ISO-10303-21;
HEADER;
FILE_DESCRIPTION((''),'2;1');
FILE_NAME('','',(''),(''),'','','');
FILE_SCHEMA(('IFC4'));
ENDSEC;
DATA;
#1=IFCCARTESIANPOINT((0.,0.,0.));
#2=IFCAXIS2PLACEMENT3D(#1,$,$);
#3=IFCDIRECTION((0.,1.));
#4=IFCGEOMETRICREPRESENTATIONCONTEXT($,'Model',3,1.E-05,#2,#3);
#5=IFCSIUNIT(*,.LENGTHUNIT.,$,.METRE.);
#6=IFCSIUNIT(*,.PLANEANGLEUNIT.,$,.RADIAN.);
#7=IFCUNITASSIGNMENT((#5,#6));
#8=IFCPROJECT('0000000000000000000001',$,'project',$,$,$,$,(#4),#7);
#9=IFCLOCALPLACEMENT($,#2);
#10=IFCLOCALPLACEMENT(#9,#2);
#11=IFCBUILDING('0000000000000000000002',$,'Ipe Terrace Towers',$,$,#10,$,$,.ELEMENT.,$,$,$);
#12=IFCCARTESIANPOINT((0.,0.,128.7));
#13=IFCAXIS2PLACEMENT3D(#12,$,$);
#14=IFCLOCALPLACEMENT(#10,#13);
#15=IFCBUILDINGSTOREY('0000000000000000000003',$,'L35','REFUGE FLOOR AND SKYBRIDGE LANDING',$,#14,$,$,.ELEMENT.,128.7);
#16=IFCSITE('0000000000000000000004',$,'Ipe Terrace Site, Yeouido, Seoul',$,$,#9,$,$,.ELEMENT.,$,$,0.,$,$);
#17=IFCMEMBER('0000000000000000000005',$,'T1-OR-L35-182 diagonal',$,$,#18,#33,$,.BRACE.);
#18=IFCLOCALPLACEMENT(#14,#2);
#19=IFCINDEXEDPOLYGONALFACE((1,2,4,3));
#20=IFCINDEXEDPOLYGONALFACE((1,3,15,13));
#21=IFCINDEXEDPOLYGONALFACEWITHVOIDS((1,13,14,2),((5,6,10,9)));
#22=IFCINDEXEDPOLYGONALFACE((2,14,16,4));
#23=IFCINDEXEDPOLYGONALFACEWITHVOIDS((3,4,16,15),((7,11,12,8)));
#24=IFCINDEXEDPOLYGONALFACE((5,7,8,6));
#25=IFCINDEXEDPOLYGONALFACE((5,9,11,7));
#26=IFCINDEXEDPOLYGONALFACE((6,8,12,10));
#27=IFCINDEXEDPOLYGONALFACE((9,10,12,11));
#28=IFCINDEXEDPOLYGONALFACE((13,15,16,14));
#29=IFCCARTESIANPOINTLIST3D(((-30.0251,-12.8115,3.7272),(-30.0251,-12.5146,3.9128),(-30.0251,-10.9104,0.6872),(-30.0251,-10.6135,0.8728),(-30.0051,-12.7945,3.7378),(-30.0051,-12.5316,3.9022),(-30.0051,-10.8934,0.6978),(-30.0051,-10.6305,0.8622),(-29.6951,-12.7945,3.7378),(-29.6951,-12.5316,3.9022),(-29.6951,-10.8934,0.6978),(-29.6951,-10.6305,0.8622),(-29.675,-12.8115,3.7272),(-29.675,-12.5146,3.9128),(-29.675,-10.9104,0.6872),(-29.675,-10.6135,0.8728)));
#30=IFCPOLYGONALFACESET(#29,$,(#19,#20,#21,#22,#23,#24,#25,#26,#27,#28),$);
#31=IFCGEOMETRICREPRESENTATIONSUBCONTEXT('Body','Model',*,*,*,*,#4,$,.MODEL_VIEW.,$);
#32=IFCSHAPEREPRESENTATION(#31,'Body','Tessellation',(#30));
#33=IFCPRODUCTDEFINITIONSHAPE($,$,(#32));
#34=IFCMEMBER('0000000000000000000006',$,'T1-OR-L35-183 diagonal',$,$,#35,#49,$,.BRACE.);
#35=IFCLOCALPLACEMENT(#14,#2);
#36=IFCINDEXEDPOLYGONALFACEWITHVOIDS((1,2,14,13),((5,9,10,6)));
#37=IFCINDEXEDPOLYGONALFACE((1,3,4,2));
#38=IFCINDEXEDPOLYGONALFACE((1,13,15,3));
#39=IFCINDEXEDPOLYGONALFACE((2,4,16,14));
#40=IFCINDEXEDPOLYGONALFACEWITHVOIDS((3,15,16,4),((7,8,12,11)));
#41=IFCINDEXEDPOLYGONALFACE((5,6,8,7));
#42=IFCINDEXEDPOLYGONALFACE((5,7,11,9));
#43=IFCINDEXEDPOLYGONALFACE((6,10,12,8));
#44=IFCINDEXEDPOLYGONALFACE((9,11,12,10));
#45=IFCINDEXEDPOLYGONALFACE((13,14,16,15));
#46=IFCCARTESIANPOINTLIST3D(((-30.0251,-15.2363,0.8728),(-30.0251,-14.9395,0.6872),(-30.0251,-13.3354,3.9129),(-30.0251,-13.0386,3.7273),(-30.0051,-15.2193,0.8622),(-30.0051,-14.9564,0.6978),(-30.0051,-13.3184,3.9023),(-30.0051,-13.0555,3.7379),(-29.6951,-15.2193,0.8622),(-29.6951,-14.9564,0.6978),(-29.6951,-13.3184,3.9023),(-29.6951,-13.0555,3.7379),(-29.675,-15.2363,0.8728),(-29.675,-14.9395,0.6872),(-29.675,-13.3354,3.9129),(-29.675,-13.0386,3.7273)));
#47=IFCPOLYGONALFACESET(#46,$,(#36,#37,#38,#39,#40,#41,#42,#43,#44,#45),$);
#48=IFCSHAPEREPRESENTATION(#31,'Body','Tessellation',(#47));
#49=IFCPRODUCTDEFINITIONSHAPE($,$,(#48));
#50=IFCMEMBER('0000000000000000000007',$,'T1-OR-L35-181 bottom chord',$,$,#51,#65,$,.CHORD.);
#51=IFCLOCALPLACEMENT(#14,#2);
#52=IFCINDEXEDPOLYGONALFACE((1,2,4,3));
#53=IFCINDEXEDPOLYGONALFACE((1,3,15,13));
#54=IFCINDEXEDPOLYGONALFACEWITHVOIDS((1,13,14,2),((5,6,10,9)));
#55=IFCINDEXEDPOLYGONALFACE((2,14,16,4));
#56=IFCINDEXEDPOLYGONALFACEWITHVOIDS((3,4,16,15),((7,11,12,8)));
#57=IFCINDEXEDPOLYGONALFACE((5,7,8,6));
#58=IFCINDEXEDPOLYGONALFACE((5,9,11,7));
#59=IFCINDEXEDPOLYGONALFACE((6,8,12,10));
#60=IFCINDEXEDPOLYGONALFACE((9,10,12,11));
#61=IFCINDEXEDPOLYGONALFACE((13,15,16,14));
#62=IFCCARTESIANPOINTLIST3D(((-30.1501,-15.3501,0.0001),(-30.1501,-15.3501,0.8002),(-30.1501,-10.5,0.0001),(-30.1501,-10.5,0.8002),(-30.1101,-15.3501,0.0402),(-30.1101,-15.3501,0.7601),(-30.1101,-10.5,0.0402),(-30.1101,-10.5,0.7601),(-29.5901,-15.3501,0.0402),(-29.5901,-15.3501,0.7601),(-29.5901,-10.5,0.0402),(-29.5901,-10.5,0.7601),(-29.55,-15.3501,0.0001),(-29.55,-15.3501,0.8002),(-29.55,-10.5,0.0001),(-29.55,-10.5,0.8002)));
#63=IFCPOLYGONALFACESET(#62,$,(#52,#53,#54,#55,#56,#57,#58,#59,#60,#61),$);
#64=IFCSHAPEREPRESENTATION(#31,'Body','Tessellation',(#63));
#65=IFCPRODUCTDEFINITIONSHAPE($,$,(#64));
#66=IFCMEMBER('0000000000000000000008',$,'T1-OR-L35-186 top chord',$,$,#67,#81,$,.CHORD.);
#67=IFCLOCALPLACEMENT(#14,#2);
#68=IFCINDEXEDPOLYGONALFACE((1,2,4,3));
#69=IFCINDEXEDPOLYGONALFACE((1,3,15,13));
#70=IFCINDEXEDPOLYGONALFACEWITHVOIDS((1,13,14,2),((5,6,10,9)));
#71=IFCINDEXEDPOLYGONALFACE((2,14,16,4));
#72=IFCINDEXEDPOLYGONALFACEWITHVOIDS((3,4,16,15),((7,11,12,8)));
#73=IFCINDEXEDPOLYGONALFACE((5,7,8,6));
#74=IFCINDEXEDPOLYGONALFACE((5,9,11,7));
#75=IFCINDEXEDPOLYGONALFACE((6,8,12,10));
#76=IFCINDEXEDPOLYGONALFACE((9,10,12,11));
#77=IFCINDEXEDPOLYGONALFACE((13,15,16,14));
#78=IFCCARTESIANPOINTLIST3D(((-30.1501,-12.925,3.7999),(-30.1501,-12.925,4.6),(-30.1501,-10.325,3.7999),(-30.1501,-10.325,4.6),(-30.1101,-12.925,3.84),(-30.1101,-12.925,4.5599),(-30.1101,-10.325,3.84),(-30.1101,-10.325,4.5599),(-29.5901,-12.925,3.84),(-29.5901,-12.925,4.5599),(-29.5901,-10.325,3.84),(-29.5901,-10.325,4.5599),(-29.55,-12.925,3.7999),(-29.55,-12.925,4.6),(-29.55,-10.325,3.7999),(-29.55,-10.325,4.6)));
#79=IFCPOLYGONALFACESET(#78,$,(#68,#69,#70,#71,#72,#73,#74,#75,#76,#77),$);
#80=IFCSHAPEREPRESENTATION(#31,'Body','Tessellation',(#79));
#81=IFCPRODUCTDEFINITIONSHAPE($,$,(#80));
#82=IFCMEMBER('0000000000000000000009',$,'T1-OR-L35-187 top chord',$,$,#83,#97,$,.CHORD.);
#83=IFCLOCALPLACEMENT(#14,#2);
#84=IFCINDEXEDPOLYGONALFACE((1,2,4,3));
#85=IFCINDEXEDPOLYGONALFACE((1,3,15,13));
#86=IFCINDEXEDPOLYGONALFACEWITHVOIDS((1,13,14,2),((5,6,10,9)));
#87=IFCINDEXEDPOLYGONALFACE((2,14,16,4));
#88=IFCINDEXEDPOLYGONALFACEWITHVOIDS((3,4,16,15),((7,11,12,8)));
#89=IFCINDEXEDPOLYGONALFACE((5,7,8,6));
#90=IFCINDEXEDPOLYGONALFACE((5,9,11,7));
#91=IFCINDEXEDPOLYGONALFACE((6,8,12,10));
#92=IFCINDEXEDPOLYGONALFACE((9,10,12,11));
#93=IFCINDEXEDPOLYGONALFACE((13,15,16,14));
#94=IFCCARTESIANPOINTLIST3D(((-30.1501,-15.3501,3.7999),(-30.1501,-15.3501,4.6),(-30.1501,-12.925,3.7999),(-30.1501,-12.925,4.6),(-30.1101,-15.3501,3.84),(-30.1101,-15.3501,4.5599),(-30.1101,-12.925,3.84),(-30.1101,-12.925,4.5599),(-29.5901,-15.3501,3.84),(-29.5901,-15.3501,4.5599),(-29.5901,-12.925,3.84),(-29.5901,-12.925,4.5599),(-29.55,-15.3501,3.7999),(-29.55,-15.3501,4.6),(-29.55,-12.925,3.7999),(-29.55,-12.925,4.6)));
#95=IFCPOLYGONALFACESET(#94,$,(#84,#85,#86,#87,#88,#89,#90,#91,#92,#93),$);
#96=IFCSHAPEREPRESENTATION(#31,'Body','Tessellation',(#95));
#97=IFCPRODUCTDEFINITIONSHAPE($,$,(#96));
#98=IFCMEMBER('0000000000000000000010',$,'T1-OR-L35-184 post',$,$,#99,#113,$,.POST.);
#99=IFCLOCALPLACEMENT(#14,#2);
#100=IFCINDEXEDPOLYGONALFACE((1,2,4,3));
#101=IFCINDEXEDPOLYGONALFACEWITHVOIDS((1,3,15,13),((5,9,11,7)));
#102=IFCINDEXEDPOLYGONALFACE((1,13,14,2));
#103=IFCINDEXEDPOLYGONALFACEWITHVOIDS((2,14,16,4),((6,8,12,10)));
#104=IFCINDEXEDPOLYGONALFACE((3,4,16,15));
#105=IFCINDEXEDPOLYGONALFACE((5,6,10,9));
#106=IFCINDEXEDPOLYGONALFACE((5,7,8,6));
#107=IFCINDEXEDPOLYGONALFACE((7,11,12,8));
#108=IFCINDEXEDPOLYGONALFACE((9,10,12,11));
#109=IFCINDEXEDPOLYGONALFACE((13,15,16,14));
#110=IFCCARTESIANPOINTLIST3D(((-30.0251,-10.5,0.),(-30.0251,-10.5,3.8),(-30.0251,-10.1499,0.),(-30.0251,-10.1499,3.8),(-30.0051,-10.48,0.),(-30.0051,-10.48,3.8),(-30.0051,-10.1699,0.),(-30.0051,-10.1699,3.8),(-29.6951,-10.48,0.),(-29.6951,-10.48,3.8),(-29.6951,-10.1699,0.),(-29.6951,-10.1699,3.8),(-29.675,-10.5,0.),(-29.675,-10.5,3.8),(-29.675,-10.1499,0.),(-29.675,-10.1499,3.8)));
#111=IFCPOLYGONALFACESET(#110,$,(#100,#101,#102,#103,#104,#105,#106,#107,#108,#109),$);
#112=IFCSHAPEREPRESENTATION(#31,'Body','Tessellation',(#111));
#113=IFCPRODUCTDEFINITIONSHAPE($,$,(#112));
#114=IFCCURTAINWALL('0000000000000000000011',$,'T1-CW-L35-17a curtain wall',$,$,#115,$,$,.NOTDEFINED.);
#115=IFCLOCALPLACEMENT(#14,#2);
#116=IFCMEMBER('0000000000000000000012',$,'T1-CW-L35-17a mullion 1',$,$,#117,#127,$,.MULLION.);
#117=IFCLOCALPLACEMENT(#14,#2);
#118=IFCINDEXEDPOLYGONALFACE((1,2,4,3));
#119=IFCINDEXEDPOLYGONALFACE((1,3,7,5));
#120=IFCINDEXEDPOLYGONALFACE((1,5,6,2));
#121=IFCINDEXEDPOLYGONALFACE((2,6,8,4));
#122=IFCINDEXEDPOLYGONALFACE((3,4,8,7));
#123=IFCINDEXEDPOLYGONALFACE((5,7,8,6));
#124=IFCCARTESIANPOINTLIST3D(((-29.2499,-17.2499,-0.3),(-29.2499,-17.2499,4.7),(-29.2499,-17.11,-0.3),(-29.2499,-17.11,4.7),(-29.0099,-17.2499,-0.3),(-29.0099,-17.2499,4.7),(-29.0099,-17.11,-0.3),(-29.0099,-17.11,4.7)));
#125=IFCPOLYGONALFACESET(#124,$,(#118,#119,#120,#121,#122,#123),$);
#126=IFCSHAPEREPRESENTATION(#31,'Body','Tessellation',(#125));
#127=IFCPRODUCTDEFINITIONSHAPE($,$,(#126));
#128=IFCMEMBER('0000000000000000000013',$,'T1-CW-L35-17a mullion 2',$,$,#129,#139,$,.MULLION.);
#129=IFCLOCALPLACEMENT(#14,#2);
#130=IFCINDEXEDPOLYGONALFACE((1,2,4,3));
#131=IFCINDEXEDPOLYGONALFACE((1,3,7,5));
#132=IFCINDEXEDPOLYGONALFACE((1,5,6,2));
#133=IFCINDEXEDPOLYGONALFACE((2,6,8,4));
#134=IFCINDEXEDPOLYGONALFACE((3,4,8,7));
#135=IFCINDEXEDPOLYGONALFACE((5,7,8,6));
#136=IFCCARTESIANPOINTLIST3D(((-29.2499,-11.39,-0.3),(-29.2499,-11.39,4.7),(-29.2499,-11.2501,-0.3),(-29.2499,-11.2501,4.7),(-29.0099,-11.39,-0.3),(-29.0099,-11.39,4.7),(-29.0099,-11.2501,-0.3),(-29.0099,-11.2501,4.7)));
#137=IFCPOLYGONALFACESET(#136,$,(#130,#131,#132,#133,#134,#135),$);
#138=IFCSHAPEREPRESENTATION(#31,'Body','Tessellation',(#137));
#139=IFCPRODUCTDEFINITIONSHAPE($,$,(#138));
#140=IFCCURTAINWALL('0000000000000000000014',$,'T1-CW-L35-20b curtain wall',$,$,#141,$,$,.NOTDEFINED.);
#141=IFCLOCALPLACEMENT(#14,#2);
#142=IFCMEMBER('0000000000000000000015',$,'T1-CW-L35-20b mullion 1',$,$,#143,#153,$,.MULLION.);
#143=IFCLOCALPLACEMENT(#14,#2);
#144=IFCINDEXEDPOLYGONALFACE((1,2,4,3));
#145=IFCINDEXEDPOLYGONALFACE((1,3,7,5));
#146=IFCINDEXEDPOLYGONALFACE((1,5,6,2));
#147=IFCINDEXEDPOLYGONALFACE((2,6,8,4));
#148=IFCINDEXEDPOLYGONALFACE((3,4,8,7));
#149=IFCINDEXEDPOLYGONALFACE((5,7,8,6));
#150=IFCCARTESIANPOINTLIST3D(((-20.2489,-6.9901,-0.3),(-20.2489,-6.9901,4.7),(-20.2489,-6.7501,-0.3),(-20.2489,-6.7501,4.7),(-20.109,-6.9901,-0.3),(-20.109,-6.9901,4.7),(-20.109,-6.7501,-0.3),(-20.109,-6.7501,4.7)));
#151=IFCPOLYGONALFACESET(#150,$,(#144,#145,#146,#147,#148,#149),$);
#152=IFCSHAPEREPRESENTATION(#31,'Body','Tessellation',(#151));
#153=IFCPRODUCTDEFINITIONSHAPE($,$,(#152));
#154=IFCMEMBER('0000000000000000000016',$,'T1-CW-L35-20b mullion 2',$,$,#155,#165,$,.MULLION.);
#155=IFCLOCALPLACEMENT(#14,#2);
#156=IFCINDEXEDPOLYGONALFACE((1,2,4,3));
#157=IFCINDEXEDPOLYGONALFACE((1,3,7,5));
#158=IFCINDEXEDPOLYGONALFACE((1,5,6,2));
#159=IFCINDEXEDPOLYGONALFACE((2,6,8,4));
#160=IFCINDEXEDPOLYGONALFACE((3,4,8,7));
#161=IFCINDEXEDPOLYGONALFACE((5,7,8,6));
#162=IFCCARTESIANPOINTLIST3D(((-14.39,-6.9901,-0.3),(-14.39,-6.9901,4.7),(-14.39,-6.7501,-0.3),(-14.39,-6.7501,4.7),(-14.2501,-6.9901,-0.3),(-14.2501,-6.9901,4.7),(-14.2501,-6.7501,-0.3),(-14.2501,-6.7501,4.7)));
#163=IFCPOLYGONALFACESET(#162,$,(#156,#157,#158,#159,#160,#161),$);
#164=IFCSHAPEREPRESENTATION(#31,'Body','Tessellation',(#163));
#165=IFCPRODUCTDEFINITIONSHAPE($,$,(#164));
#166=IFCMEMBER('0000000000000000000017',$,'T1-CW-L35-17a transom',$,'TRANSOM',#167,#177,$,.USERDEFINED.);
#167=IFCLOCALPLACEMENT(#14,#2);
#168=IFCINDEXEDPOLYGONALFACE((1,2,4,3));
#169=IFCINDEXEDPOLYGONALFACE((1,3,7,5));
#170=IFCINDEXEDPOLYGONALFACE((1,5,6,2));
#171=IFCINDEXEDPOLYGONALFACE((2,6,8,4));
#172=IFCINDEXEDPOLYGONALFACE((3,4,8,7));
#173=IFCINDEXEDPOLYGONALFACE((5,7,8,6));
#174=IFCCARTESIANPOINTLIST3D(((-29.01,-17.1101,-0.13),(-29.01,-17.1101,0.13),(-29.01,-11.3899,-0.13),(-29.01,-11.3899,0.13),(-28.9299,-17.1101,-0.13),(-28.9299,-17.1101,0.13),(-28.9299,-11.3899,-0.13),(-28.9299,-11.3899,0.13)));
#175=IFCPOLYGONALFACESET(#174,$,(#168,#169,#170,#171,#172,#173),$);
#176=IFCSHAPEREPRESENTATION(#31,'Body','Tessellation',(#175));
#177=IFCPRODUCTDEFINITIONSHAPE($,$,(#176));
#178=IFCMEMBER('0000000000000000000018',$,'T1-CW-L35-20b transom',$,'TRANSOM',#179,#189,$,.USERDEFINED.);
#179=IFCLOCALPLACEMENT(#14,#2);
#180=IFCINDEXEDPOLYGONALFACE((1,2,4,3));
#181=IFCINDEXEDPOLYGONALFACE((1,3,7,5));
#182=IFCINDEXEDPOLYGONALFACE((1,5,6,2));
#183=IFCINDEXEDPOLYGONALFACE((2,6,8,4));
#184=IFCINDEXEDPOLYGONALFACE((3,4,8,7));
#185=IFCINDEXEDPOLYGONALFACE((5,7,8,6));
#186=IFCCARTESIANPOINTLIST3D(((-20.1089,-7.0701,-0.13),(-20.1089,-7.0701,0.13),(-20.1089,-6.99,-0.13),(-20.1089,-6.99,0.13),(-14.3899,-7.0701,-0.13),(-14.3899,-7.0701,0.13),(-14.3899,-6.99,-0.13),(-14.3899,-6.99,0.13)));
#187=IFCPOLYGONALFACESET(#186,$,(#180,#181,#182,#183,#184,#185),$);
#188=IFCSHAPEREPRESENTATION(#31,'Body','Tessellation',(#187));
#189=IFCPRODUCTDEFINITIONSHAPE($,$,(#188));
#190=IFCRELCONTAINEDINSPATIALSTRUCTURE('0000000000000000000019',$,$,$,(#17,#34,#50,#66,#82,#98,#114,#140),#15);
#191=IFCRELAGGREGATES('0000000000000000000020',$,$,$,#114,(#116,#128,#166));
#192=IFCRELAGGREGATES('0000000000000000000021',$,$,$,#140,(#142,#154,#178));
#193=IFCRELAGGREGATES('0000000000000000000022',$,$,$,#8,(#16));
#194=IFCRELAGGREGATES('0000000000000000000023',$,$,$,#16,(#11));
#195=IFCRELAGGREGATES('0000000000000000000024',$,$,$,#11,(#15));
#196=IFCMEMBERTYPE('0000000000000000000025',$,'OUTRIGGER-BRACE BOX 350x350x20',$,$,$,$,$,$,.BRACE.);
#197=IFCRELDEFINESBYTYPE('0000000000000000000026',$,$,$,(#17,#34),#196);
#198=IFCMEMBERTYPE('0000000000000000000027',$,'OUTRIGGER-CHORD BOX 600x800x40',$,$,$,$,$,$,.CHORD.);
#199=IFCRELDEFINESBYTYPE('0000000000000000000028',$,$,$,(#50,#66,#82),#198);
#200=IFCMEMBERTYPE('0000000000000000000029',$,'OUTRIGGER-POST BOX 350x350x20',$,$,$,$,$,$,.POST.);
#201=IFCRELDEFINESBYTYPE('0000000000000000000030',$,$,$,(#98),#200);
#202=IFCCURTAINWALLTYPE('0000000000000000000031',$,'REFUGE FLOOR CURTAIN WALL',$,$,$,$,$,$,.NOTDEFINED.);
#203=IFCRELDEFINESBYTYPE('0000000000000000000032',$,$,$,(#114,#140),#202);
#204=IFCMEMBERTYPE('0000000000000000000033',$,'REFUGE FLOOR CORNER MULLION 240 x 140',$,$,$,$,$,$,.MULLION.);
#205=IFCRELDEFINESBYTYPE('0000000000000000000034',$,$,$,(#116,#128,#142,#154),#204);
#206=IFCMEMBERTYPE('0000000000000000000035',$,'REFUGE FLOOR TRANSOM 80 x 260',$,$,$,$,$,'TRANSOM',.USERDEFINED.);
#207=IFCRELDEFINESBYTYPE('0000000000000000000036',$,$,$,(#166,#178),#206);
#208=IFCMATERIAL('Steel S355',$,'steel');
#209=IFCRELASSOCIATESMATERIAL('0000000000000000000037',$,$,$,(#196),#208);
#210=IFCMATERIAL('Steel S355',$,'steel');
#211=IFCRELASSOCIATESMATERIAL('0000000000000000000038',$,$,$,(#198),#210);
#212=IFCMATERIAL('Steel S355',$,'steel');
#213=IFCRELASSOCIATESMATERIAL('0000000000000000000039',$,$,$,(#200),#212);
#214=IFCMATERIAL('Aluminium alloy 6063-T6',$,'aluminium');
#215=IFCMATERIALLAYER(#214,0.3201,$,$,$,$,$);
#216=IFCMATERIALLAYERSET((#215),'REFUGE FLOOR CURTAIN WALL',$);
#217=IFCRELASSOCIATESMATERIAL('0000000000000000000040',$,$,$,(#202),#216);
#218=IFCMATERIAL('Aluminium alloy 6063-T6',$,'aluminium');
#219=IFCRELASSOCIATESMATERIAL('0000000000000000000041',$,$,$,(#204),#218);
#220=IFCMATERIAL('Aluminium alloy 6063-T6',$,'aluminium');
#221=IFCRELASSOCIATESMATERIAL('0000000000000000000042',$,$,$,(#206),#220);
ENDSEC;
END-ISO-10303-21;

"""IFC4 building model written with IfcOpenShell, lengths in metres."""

from ifc_helpers import new_model, si_unit, direction, frame, origin, origin_2d, place, context, subcontext, project, spatial, rectangle, hollow_rectangle, extrude, material, layer, layer_set, material_profile, profile_set, type_object, element, aggregate, save


model = new_model("IFC4")

# Units and contexts
model_context = context("Model", 3, precision=1e-05, world=origin(), true_north=direction((0.0, 1.0)))
body_context = subcontext(model_context, "Body", "Model", "MODEL_VIEW")
ifc_project = project(units=[si_unit("LENGTHUNIT", "METRE"), si_unit("PLANEANGLEUNIT", "RADIAN")], contexts=[model_context])

# Site, building, storey
site_placement = place(None, origin())
site = spatial("IfcSite", under=ifc_project, at=site_placement, Name="Ipe Terrace Site, Yeouido, Seoul", CompositionType="ELEMENT", RefElevation=0.0)
building_placement = place(site_placement, origin())
building = spatial("IfcBuilding", under=site, at=building_placement, Name="Ipe Terrace Towers", CompositionType="ELEMENT")
storey_placement = place(building_placement, frame((0.0, 0.0, 128.7)))
storey = spatial("IfcBuildingStorey", under=building, at=storey_placement, Name="L35", Description="REFUGE FLOOR AND SKYBRIDGE LANDING", CompositionType="ELEMENT", Elevation=128.7)

# Members
ifc_material_1 = material(Name="Steel S355", Category="steel")
ifc_material_profile_1 = material_profile(ifc_material_1, hollow_rectangle(XDim=0.3501, YDim=0.3501, WallThickness=0.02, at=origin_2d()), Name="OUTRIGGER-BRACE BOX 350x350x20")
ifc_profile_set_1 = profile_set([ifc_material_profile_1], Name="Steel S355")
member_type_1 = type_object("IfcMemberType", Name="OUTRIGGER-BRACE BOX 350x350x20", PredefinedType="BRACE", material=ifc_profile_set_1)
for number, where, z_axis, x_axis, name in (
    (1, (-29.8501, -10.762, 0.78), (0.0, -0.530219, 0.847861), (1.0, 0.0, 0.0), "T1-OR-L35-182 diagonal"),
    (2, (-29.8501, -15.0879, 0.78), (0.0, 0.53017, 0.847891), (-1.0, 0.0, 0.0), "T1-OR-L35-183 diagonal"),
):
    element("IfcMember", number, at=place(storey_placement, frame(where, z_axis=z_axis, x_axis=x_axis)), inside=storey, type_object=member_type_1, Name=name, PredefinedType="BRACE", context=body_context, shape_type="SweptSolid", body=[
        extrude(hollow_rectangle(XDim=0.3501, YDim=0.3501, WallThickness=0.02, at=origin_2d()), origin(), (0.0, 0.0, 1.0), 3.5854),
    ])
ifc_material_2 = material(Name="Steel S355", Category="steel")
ifc_material_profile_2 = material_profile(ifc_material_2, hollow_rectangle(XDim=0.6001, YDim=0.8, WallThickness=0.04, at=origin_2d()), Name="OUTRIGGER-CHORD BOX 600x800x40")
ifc_profile_set_2 = profile_set([ifc_material_profile_2], Name="Steel S355")
member_type_2 = type_object("IfcMemberType", Name="OUTRIGGER-CHORD BOX 600x800x40", PredefinedType="CHORD", material=ifc_profile_set_2)
member_1_placement = place(storey_placement, frame((-29.8501, -10.5, 0.4001), z_axis=(0.0, -1.0, 0.0), x_axis=(1.0, 0.0, 0.0)))
element("IfcMember", 3, at=member_1_placement, inside=storey, type_object=member_type_2, Name="T1-OR-L35-181 bottom chord", PredefinedType="CHORD", context=body_context, shape_type="SweptSolid", body=[
    extrude(hollow_rectangle(XDim=0.6001, YDim=0.8, WallThickness=0.04, at=origin_2d()), origin(), (0.0, 0.0, 1.0), 4.8501),
])
member_2_placement = place(storey_placement, frame((-29.8501, -10.325, 4.2), z_axis=(0.0, -1.0, 0.0), x_axis=(1.0, 0.0, 0.0)))
element("IfcMember", 4, at=member_2_placement, inside=storey, type_object=member_type_2, Name="T1-OR-L35-186 top chord", PredefinedType="CHORD", context=body_context, shape_type="SweptSolid", body=[
    extrude(hollow_rectangle(XDim=0.6001, YDim=0.8, WallThickness=0.04, at=origin_2d()), origin(), (0.0, 0.0, 1.0), 2.6001),
])
member_3_placement = place(storey_placement, frame((-29.8501, -12.925, 4.2), z_axis=(0.0, -1.0, 0.0), x_axis=(1.0, 0.0, 0.0)))
element("IfcMember", 5, at=member_3_placement, inside=storey, type_object=member_type_2, Name="T1-OR-L35-187 top chord", PredefinedType="CHORD", context=body_context, shape_type="SweptSolid", body=[
    extrude(hollow_rectangle(XDim=0.6001, YDim=0.8, WallThickness=0.04, at=origin_2d()), origin(), (0.0, 0.0, 1.0), 2.425),
])
ifc_material_3 = material(Name="Steel S355", Category="steel")
ifc_material_profile_3 = material_profile(ifc_material_3, hollow_rectangle(XDim=0.3501, YDim=0.3501, WallThickness=0.02, at=origin_2d()), Name="OUTRIGGER-POST BOX 350x350x20")
ifc_profile_set_3 = profile_set([ifc_material_profile_3], Name="Steel S355")
member_type_3 = type_object("IfcMemberType", Name="OUTRIGGER-POST BOX 350x350x20", PredefinedType="POST", material=ifc_profile_set_3)
member_4_placement = place(storey_placement, frame((-29.8501, -10.325, 0.0), z_axis=(0.0, 0.0, 1.0), x_axis=(1.0, 0.0, 0.0)))
element("IfcMember", 6, at=member_4_placement, inside=storey, type_object=member_type_3, Name="T1-OR-L35-184 post", PredefinedType="POST", context=body_context, shape_type="SweptSolid", body=[
    extrude(hollow_rectangle(XDim=0.3501, YDim=0.3501, WallThickness=0.02, at=origin_2d()), origin(), (0.0, 0.0, 1.0), 3.8),
])

# Curtain walls, members
ifc_material_4 = material(Name="Aluminium alloy 6063-T6", Category="aluminium")
ifc_layer_1 = layer(ifc_material_4, 0.3201)
ifc_layer_set_1 = layer_set([ifc_layer_1], Name="REFUGE FLOOR CURTAIN WALL")
curtain_wall_type = type_object("IfcCurtainWallType", Name="REFUGE FLOOR CURTAIN WALL", PredefinedType="NOTDEFINED", material=ifc_layer_set_1)
curtain_wall_1_placement = place(storey_placement, origin())
curtain_wall_1 = element("IfcCurtainWall", 7, at=curtain_wall_1_placement, inside=storey, type_object=curtain_wall_type, Name="T1-CW-L35-17a curtain wall", PredefinedType="NOTDEFINED")
ifc_material_5 = material(Name="Aluminium alloy 6063-T6", Category="aluminium")
ifc_material_profile_4 = material_profile(ifc_material_5, rectangle(XDim=0.24, YDim=0.1399, at=origin_2d()), Name="REFUGE FLOOR CORNER MULLION 240 x 140")
ifc_profile_set_4 = profile_set([ifc_material_profile_4], Name="Aluminium alloy 6063-T6")
member_type_4 = type_object("IfcMemberType", Name="REFUGE FLOOR CORNER MULLION 240 x 140", PredefinedType="MULLION", material=ifc_profile_set_4)
member_5_placement = place(storey_placement, frame((-29.1299, -17.1799, -0.3), z_axis=(0.0, 0.0, 1.0), x_axis=(1.0, 0.0, 0.0)))
member_5 = element("IfcMember", 8, at=member_5_placement, type_object=member_type_4, Name="T1-CW-L35-17a mullion 1", PredefinedType="MULLION", context=body_context, shape_type="SweptSolid", body=[
    extrude(rectangle(XDim=0.24, YDim=0.1399, at=origin_2d()), origin(), (0.0, 0.0, 1.0), 5.0),
])
member_6_placement = place(storey_placement, frame((-29.1299, -11.3201, -0.3), z_axis=(0.0, 0.0, 1.0), x_axis=(1.0, 0.0, 0.0)))
member_6 = element("IfcMember", 9, at=member_6_placement, type_object=member_type_4, Name="T1-CW-L35-17a mullion 2", PredefinedType="MULLION", context=body_context, shape_type="SweptSolid", body=[
    extrude(rectangle(XDim=0.24, YDim=0.1399, at=origin_2d()), origin(), (0.0, 0.0, 1.0), 5.0),
])
curtain_wall_2_placement = place(storey_placement, origin())
curtain_wall_2 = element("IfcCurtainWall", 10, at=curtain_wall_2_placement, inside=storey, type_object=curtain_wall_type, Name="T1-CW-L35-20b curtain wall", PredefinedType="NOTDEFINED")
member_7_placement = place(storey_placement, frame((-20.179, -6.8701, -0.3), z_axis=(0.0, 0.0, 1.0), x_axis=(0.0, -1.0, 0.0)))
member_7 = element("IfcMember", 11, at=member_7_placement, type_object=member_type_4, Name="T1-CW-L35-20b mullion 1", PredefinedType="MULLION", context=body_context, shape_type="SweptSolid", body=[
    extrude(rectangle(XDim=0.24, YDim=0.1399, at=origin_2d()), origin(), (0.0, 0.0, 1.0), 5.0),
])
member_8_placement = place(storey_placement, frame((-14.3201, -6.8701, -0.3), z_axis=(0.0, 0.0, 1.0), x_axis=(0.0, -1.0, 0.0)))
member_8 = element("IfcMember", 12, at=member_8_placement, type_object=member_type_4, Name="T1-CW-L35-20b mullion 2", PredefinedType="MULLION", context=body_context, shape_type="SweptSolid", body=[
    extrude(rectangle(XDim=0.24, YDim=0.1399, at=origin_2d()), origin(), (0.0, 0.0, 1.0), 5.0),
])

# Members
ifc_material_6 = material(Name="Aluminium alloy 6063-T6", Category="aluminium")
ifc_material_profile_5 = material_profile(ifc_material_6, rectangle(XDim=0.0801, YDim=0.26, at=origin_2d()), Name="REFUGE FLOOR TRANSOM 80 x 260")
ifc_profile_set_5 = profile_set([ifc_material_profile_5], Name="Aluminium alloy 6063-T6")
member_type_5 = type_object("IfcMemberType", Name="REFUGE FLOOR TRANSOM 80 x 260", ElementType="TRANSOM", PredefinedType="USERDEFINED", material=ifc_profile_set_5)
member_9_placement = place(storey_placement, frame((-28.97, -17.1101, 0.0), z_axis=(0.0, 1.0, 0.0), x_axis=(1.0, 0.0, 0.0)))
member_9 = element("IfcMember", 13, at=member_9_placement, type_object=member_type_5, Name="T1-CW-L35-17a transom", ObjectType="TRANSOM", PredefinedType="USERDEFINED", context=body_context, shape_type="SweptSolid", body=[
    extrude(rectangle(XDim=0.0801, YDim=0.26, at=origin_2d()), origin(), (0.0, 0.0, 1.0), 5.7202),
])
member_10_placement = place(storey_placement, frame((-20.1089, -7.03, 0.0), z_axis=(1.0, 0.0, 0.0), x_axis=(0.0, -1.0, 0.0)))
member_10 = element("IfcMember", 14, at=member_10_placement, type_object=member_type_5, Name="T1-CW-L35-20b transom", ObjectType="TRANSOM", PredefinedType="USERDEFINED", context=body_context, shape_type="SweptSolid", body=[
    extrude(rectangle(XDim=0.0801, YDim=0.26, at=origin_2d()), origin(), (0.0, 0.0, 1.0), 5.719),
])

aggregate(curtain_wall_1, [member_5, member_6, member_9])
aggregate(curtain_wall_2, [member_7, member_8, member_10])

save(model, "model.ifc")
